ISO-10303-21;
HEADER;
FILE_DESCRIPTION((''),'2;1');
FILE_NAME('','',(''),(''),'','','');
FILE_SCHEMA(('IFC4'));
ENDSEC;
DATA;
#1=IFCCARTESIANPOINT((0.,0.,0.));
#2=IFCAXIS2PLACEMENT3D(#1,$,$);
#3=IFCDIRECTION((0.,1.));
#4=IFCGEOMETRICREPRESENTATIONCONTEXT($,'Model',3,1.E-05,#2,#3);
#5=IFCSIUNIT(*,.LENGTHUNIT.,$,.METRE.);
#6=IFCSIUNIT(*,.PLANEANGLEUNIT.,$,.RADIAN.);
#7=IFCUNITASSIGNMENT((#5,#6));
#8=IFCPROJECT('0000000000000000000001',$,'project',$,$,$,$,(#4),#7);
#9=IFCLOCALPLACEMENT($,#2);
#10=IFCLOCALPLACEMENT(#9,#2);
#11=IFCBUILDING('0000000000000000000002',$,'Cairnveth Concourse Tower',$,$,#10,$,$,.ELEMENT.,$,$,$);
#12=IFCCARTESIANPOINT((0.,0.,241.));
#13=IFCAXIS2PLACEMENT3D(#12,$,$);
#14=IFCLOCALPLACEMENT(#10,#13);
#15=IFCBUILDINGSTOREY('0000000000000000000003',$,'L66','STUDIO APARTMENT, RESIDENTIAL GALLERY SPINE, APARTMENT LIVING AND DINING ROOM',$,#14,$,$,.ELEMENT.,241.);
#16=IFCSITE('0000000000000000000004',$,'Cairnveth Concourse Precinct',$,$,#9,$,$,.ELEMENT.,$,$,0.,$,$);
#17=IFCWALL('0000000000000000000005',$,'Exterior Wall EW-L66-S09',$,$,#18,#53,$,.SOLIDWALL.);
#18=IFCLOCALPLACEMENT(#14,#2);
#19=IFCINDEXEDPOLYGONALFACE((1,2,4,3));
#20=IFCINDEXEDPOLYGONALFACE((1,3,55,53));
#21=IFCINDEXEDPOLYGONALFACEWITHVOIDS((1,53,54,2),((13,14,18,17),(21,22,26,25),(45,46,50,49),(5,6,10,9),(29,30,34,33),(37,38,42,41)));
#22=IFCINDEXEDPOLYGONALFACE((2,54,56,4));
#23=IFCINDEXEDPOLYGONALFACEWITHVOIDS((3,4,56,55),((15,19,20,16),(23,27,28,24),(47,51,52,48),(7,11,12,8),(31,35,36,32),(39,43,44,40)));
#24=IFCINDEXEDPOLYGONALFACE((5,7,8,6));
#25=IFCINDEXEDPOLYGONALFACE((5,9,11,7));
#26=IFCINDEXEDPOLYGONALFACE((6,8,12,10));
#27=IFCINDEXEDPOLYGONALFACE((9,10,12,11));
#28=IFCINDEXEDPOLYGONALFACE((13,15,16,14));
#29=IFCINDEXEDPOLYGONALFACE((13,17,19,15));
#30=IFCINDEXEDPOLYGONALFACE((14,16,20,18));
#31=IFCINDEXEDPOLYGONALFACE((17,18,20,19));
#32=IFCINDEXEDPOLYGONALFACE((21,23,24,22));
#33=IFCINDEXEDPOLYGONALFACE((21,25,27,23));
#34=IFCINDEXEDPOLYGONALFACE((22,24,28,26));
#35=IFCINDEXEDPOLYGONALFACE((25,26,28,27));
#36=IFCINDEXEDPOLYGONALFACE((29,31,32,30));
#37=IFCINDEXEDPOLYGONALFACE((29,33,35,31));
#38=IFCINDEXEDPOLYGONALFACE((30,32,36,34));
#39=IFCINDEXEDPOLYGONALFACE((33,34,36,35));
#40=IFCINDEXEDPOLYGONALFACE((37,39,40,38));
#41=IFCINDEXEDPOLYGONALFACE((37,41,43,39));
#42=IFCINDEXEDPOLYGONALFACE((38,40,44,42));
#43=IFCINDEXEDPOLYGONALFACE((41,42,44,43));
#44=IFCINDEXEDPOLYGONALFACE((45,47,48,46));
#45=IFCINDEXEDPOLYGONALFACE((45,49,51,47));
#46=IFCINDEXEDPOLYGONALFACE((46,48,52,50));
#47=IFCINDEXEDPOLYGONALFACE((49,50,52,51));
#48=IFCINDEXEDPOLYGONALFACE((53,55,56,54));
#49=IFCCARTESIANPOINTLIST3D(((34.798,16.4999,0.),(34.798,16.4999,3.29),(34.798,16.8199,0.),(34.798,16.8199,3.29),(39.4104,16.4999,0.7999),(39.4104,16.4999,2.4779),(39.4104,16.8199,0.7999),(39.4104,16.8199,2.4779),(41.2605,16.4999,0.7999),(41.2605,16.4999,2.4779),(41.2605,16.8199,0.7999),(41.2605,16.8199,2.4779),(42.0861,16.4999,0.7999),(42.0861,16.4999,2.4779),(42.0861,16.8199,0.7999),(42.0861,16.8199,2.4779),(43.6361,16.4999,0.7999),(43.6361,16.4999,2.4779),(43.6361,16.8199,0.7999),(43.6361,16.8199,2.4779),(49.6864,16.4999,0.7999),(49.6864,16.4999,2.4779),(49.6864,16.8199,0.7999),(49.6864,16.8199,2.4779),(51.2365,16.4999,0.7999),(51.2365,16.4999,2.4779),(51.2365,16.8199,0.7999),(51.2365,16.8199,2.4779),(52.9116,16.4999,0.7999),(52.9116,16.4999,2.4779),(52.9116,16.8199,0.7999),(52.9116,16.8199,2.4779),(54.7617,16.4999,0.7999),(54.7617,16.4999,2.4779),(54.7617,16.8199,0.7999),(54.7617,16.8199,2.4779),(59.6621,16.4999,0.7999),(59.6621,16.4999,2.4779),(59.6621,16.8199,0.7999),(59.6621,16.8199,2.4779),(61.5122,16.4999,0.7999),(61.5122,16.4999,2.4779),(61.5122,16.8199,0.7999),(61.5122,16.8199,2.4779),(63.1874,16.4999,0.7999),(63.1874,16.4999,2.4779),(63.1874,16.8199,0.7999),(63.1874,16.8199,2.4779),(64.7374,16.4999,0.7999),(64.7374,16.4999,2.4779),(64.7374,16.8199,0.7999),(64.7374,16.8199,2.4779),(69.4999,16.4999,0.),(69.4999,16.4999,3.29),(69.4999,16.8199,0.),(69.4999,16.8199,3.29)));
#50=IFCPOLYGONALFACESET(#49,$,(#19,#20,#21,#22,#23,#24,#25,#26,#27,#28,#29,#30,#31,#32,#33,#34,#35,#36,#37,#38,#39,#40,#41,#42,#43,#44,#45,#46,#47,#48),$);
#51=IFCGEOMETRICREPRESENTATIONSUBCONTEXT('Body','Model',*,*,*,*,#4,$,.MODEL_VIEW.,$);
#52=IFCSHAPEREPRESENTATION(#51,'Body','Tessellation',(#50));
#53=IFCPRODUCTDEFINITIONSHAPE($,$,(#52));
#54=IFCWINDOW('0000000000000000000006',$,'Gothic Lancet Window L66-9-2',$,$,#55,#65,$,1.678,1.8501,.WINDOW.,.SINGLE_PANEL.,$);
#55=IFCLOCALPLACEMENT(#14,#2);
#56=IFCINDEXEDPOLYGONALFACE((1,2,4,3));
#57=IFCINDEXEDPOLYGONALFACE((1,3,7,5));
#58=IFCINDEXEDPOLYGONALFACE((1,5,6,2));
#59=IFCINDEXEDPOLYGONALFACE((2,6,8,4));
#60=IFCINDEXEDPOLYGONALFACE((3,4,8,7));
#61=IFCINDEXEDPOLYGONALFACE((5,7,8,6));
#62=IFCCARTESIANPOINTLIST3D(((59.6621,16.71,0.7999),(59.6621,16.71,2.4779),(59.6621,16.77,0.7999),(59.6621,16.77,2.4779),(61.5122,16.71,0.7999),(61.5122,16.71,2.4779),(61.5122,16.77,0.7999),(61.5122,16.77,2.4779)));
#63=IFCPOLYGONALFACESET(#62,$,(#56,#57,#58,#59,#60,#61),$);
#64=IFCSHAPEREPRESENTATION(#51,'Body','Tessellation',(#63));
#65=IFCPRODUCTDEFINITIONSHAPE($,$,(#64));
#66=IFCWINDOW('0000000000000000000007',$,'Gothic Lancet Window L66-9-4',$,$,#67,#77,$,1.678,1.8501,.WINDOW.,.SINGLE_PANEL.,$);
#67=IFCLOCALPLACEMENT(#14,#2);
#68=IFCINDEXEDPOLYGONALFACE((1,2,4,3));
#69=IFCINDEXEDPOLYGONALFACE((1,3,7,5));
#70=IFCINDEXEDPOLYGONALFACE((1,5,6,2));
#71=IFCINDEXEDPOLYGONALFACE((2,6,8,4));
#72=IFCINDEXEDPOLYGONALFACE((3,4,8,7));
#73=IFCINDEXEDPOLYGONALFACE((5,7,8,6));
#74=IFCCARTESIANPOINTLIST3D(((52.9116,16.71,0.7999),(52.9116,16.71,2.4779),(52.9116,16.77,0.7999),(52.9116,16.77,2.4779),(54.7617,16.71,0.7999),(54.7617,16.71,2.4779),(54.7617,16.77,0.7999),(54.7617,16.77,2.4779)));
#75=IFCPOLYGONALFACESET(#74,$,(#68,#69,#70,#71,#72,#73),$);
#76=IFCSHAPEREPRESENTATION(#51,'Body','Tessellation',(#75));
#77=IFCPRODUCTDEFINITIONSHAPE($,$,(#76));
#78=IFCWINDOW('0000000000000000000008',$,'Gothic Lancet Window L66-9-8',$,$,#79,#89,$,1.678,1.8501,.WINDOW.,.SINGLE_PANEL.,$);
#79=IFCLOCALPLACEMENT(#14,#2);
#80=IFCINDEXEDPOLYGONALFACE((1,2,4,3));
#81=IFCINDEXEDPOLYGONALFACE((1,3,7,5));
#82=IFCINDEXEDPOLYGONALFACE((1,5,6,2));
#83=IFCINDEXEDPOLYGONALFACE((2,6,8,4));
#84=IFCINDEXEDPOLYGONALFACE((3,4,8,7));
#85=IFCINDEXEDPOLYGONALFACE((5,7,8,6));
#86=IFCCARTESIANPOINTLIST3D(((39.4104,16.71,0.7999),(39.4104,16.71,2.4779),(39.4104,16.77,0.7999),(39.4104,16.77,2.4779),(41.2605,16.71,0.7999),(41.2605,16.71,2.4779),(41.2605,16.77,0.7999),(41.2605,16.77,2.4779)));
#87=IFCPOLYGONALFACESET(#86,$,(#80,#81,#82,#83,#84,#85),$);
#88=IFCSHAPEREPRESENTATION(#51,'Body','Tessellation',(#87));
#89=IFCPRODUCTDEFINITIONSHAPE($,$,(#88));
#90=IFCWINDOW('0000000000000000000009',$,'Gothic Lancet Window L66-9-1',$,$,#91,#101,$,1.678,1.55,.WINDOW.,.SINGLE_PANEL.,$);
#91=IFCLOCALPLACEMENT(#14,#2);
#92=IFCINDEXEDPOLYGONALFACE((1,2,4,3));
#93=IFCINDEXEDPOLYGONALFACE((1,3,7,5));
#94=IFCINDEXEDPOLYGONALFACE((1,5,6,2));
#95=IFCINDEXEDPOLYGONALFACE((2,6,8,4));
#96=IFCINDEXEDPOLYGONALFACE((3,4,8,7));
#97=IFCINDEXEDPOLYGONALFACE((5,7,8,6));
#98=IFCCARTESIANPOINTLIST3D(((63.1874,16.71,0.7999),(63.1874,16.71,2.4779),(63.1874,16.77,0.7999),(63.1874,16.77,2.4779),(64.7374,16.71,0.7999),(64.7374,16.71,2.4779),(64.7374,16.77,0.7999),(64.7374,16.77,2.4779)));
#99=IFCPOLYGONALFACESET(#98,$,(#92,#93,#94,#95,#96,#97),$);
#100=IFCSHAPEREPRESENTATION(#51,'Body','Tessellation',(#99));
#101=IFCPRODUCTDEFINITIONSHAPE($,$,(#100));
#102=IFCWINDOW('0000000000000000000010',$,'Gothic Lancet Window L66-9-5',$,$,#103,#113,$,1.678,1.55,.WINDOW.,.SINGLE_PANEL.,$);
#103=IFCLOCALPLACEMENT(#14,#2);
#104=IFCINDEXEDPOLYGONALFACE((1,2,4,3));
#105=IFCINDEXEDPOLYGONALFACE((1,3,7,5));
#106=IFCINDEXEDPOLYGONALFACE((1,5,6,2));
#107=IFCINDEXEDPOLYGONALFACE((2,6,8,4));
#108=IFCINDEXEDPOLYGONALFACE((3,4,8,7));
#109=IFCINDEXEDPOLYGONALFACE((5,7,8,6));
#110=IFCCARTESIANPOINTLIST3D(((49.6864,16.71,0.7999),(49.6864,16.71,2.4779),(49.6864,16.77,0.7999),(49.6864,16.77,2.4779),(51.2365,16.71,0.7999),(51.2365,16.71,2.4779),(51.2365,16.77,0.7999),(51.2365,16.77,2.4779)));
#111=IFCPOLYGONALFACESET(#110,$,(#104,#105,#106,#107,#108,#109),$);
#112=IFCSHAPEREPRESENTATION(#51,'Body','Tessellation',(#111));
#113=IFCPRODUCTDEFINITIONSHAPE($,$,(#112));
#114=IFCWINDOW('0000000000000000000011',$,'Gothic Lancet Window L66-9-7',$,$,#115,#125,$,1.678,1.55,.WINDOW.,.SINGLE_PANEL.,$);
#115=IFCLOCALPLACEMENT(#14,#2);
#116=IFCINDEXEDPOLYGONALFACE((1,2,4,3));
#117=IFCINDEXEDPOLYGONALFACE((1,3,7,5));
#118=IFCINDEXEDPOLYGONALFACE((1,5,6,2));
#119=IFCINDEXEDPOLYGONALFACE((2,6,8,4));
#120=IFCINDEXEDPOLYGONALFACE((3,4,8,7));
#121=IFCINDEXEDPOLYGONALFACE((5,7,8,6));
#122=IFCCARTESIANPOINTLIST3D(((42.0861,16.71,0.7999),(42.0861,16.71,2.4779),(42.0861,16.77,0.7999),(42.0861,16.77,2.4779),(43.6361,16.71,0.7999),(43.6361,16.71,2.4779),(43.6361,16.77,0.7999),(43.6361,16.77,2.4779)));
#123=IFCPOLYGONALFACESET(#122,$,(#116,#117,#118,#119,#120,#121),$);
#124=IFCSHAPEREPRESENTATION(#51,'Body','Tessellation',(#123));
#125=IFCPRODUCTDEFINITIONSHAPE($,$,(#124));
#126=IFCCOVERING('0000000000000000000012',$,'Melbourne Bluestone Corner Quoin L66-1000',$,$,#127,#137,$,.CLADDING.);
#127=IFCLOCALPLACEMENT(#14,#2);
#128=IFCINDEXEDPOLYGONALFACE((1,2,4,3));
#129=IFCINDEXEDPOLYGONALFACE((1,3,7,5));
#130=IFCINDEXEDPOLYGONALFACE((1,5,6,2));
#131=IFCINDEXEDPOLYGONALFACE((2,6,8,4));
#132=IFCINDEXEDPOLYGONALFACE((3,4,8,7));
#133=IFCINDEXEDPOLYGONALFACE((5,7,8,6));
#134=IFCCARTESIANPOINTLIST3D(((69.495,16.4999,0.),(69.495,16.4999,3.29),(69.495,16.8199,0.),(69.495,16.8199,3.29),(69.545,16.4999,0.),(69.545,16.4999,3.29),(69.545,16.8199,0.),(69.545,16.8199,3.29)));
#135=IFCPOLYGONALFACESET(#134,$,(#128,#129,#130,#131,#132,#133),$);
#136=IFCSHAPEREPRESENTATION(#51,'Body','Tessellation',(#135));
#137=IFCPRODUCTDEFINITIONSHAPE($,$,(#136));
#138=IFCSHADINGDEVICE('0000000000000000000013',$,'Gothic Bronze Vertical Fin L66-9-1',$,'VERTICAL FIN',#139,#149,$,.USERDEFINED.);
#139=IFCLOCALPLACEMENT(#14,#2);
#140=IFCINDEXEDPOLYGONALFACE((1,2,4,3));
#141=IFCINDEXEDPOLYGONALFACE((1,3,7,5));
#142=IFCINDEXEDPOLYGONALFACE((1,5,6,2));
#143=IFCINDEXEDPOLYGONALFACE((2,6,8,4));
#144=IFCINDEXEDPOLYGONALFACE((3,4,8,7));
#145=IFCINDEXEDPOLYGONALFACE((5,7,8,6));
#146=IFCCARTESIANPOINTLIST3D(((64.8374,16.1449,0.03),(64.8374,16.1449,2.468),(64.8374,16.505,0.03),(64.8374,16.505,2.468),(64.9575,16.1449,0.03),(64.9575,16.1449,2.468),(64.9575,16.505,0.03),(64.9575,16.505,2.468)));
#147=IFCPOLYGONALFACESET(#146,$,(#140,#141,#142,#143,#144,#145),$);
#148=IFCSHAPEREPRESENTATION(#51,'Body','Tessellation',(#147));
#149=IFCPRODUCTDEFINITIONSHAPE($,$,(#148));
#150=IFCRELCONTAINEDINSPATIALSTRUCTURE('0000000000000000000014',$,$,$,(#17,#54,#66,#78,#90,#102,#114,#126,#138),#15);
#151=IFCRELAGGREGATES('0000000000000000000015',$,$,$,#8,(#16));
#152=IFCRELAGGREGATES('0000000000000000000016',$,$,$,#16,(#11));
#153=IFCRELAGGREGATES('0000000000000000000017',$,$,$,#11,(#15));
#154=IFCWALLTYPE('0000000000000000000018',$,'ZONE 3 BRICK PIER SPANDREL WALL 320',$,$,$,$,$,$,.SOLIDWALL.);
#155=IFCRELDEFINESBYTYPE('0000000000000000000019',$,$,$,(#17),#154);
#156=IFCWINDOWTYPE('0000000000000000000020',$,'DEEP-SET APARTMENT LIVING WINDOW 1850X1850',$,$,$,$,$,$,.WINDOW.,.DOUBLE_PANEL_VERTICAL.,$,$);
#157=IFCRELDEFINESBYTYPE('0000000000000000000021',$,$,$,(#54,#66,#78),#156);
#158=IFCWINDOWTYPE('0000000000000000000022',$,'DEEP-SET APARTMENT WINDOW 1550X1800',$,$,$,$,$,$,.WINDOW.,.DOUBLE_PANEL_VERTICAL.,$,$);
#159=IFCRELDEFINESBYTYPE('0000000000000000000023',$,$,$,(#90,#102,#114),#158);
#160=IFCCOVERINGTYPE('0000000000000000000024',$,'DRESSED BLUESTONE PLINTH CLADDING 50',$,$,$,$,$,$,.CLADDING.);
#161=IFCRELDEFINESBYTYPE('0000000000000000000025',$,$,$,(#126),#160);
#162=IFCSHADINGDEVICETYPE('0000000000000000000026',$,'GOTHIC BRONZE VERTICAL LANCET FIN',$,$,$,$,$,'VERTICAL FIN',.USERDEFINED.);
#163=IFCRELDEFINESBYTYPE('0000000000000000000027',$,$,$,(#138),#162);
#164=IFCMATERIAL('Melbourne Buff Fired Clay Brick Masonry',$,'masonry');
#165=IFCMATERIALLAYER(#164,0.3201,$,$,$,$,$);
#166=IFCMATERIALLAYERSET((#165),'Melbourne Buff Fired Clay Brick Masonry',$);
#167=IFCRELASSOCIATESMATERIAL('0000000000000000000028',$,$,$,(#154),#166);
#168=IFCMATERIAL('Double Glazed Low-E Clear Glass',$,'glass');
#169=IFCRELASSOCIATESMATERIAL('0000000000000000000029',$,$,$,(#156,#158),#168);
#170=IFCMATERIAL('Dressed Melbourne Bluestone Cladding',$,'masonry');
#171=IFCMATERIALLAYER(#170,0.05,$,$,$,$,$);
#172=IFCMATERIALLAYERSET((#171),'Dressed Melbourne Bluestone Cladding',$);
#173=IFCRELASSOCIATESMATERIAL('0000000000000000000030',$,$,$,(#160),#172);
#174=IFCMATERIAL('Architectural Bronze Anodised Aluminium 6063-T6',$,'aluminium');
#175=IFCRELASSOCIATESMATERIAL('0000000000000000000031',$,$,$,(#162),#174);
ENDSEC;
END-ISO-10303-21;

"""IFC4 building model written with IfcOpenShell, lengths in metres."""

from ifc_helpers import new_model, si_unit, direction, frame, frame_2d, origin, origin_2d, place, context, subcontext, project, spatial, rectangle, extrude, material, layer, layer_set, type_object, element, fill, save


model = new_model("IFC4")

# Units and contexts
model_context = context("Model", 3, precision=1e-05, world=origin(), true_north=direction((0.0, 1.0)))
body_context = subcontext(model_context, "Body", "Model", "MODEL_VIEW")
ifc_project = project(units=[si_unit("LENGTHUNIT", "METRE"), si_unit("PLANEANGLEUNIT", "RADIAN")], contexts=[model_context])

# Site, building, storey
site_placement = place(None, origin())
site = spatial("IfcSite", under=ifc_project, at=site_placement, Name="Cairnveth Concourse Precinct", CompositionType="ELEMENT", RefElevation=0.0)
building_placement = place(site_placement, origin())
building = spatial("IfcBuilding", under=site, at=building_placement, Name="Cairnveth Concourse Tower", CompositionType="ELEMENT")
storey_placement = place(building_placement, frame((0.0, 0.0, 241.0)))
storey = spatial("IfcBuildingStorey", under=building, at=storey_placement, Name="L66", Description="STUDIO APARTMENT, RESIDENTIAL GALLERY SPINE, APARTMENT LIVING AND DINING ROOM", CompositionType="ELEMENT", Elevation=241.0)

# Shared definitions
ifc_material_1 = material(Name="Melbourne Buff Fired Clay Brick Masonry", Category="masonry")
ifc_layer_1 = layer(ifc_material_1, 0.3201)
ifc_layer_set_1 = layer_set([ifc_layer_1], Name="Melbourne Buff Fired Clay Brick Masonry")
wall_type_1 = type_object("IfcWallType", Name="ZONE 3 BRICK PIER SPANDREL WALL 320", PredefinedType="SOLIDWALL", material=ifc_layer_set_1)
ifc_material_2 = material(Name="Double Glazed Low-E Clear Glass", Category="glass")

# Wall, openings, windows
wall_1_placement = place(storey_placement, frame((69.5, 16.6599, 0.0), z_axis=(0.0, 0.0, 1.0), x_axis=(-1.0, 0.0, 0.0)))
wall_1 = element("IfcWall", 1, at=wall_1_placement, inside=storey, type_object=wall_type_1, Name="Exterior Wall EW-L66-S09", PredefinedType="SOLIDWALL", context=body_context, shape_type="SweptSolid", body=[
    extrude(rectangle(XDim=34.7019, YDim=0.3201, at=frame_2d((17.3511, 0.0))), origin(), (0.0, 0.0, 1.0), 3.29),
])
opening_1_placement = place(wall_1_placement, frame((4.7627, 0.0, 0.8)))
opening_1 = element("IfcOpeningElement", 2, at=opening_1_placement, cuts=wall_1, PredefinedType="OPENING", context=body_context, shape_type="SweptSolid", body=[
    extrude(rectangle(XDim=1.55, YDim=1.678, at=frame_2d((0.7749, 0.8389))), frame((0.0, 0.1699, 0.0), z_axis=(0.0, -1.0, 0.0), x_axis=(1.0, 0.0, 0.0)), (0.0, 0.0, 1.0), 0.3401),
])
opening_2_placement = place(wall_1_placement, frame((7.9878, 0.0, 0.8)))
opening_2 = element("IfcOpeningElement", 3, at=opening_2_placement, cuts=wall_1, PredefinedType="OPENING", context=body_context, shape_type="SweptSolid", body=[
    extrude(rectangle(XDim=1.8501, YDim=1.678, at=frame_2d((0.925, 0.8389))), frame((0.0, 0.1699, 0.0), z_axis=(0.0, -1.0, 0.0), x_axis=(1.0, 0.0, 0.0)), (0.0, 0.0, 1.0), 0.3401),
])
opening_3_placement = place(wall_1_placement, frame((14.7383, 0.0, 0.8)))
opening_3 = element("IfcOpeningElement", 4, at=opening_3_placement, cuts=wall_1, PredefinedType="OPENING", context=body_context, shape_type="SweptSolid", body=[
    extrude(rectangle(XDim=1.8501, YDim=1.678, at=frame_2d((0.925, 0.8389))), frame((0.0, 0.1699, 0.0), z_axis=(0.0, -1.0, 0.0), x_axis=(1.0, 0.0, 0.0)), (0.0, 0.0, 1.0), 0.3401),
])
opening_4_placement = place(wall_1_placement, frame((18.2637, 0.0, 0.8)))
opening_4 = element("IfcOpeningElement", 5, at=opening_4_placement, cuts=wall_1, PredefinedType="OPENING", context=body_context, shape_type="SweptSolid", body=[
    extrude(rectangle(XDim=1.55, YDim=1.678, at=frame_2d((0.7749, 0.8389))), frame((0.0, 0.1699, 0.0), z_axis=(0.0, -1.0, 0.0), x_axis=(1.0, 0.0, 0.0)), (0.0, 0.0, 1.0), 0.3401),
])
opening_5_placement = place(wall_1_placement, frame((25.864, 0.0, 0.8)))
opening_5 = element("IfcOpeningElement", 6, at=opening_5_placement, cuts=wall_1, PredefinedType="OPENING", context=body_context, shape_type="SweptSolid", body=[
    extrude(rectangle(XDim=1.55, YDim=1.678, at=frame_2d((0.7749, 0.8389))), frame((0.0, 0.1699, 0.0), z_axis=(0.0, -1.0, 0.0), x_axis=(1.0, 0.0, 0.0)), (0.0, 0.0, 1.0), 0.3401),
])
opening_6_placement = place(wall_1_placement, frame((28.2395, 0.0, 0.8)))
opening_6 = element("IfcOpeningElement", 7, at=opening_6_placement, cuts=wall_1, PredefinedType="OPENING", context=body_context, shape_type="SweptSolid", body=[
    extrude(rectangle(XDim=1.8501, YDim=1.678, at=frame_2d((0.925, 0.8389))), frame((0.0, 0.1699, 0.0), z_axis=(0.0, -1.0, 0.0), x_axis=(1.0, 0.0, 0.0)), (0.0, 0.0, 1.0), 0.3401),
])
window_type_1 = type_object("IfcWindowType", Name="DEEP-SET APARTMENT LIVING WINDOW 1850X1850", PartitioningType="DOUBLE_PANEL_VERTICAL", PredefinedType="WINDOW", material=ifc_material_2)
window_1_placement = place(opening_2_placement, origin())
window_1 = element("IfcWindow", 8, at=window_1_placement, inside=storey, type_object=window_type_1, Name="Gothic Lancet Window L66-9-2", OverallHeight=1.678, OverallWidth=1.8501, PartitioningType="SINGLE_PANEL", PredefinedType="WINDOW", context=body_context, shape_type="SweptSolid", body=[
    extrude(rectangle(XDim=1.8501, YDim=1.678, at=frame_2d((0.925, 0.8389))), frame((0.0, -0.05, 0.0), z_axis=(0.0, -1.0, 0.0), x_axis=(1.0, 0.0, 0.0)), (0.0, 0.0, 1.0), 0.0601),
])
fill(opening_2, window_1)
window_2_placement = place(opening_3_placement, origin())
window_2 = element("IfcWindow", 9, at=window_2_placement, inside=storey, type_object=window_type_1, Name="Gothic Lancet Window L66-9-4", OverallHeight=1.678, OverallWidth=1.8501, PartitioningType="SINGLE_PANEL", PredefinedType="WINDOW", context=body_context, shape_type="SweptSolid", body=[
    extrude(rectangle(XDim=1.8501, YDim=1.678, at=frame_2d((0.925, 0.8389))), frame((0.0, -0.05, 0.0), z_axis=(0.0, -1.0, 0.0), x_axis=(1.0, 0.0, 0.0)), (0.0, 0.0, 1.0), 0.0601),
])
fill(opening_3, window_2)
window_3_placement = place(opening_6_placement, origin())
window_3 = element("IfcWindow", 10, at=window_3_placement, inside=storey, type_object=window_type_1, Name="Gothic Lancet Window L66-9-8", OverallHeight=1.678, OverallWidth=1.8501, PartitioningType="SINGLE_PANEL", PredefinedType="WINDOW", context=body_context, shape_type="SweptSolid", body=[
    extrude(rectangle(XDim=1.8501, YDim=1.678, at=frame_2d((0.925, 0.8389))), frame((0.0, -0.05, 0.0), z_axis=(0.0, -1.0, 0.0), x_axis=(1.0, 0.0, 0.0)), (0.0, 0.0, 1.0), 0.0601),
])
fill(opening_6, window_3)
window_type_2 = type_object("IfcWindowType", Name="DEEP-SET APARTMENT WINDOW 1550X1800", PartitioningType="DOUBLE_PANEL_VERTICAL", PredefinedType="WINDOW", material=ifc_material_2)
window_4_placement = place(opening_1_placement, origin())
window_4 = element("IfcWindow", 11, at=window_4_placement, inside=storey, type_object=window_type_2, Name="Gothic Lancet Window L66-9-1", OverallHeight=1.678, OverallWidth=1.55, PartitioningType="SINGLE_PANEL", PredefinedType="WINDOW", context=body_context, shape_type="SweptSolid", body=[
    extrude(rectangle(XDim=1.55, YDim=1.678, at=frame_2d((0.7749, 0.8389))), frame((0.0, -0.05, 0.0), z_axis=(0.0, -1.0, 0.0), x_axis=(1.0, 0.0, 0.0)), (0.0, 0.0, 1.0), 0.0601),
])
fill(opening_1, window_4)
window_5_placement = place(opening_4_placement, origin())
window_5 = element("IfcWindow", 12, at=window_5_placement, inside=storey, type_object=window_type_2, Name="Gothic Lancet Window L66-9-5", OverallHeight=1.678, OverallWidth=1.55, PartitioningType="SINGLE_PANEL", PredefinedType="WINDOW", context=body_context, shape_type="SweptSolid", body=[
    extrude(rectangle(XDim=1.55, YDim=1.678, at=frame_2d((0.7749, 0.8389))), frame((0.0, -0.05, 0.0), z_axis=(0.0, -1.0, 0.0), x_axis=(1.0, 0.0, 0.0)), (0.0, 0.0, 1.0), 0.0601),
])
fill(opening_4, window_5)
window_6_placement = place(opening_5_placement, origin())
window_6 = element("IfcWindow", 13, at=window_6_placement, inside=storey, type_object=window_type_2, Name="Gothic Lancet Window L66-9-7", OverallHeight=1.678, OverallWidth=1.55, PartitioningType="SINGLE_PANEL", PredefinedType="WINDOW", context=body_context, shape_type="SweptSolid", body=[
    extrude(rectangle(XDim=1.55, YDim=1.678, at=frame_2d((0.7749, 0.8389))), frame((0.0, -0.05, 0.0), z_axis=(0.0, -1.0, 0.0), x_axis=(1.0, 0.0, 0.0)), (0.0, 0.0, 1.0), 0.0601),
])
fill(opening_5, window_6)

# Covering
ifc_material_3 = material(Name="Dressed Melbourne Bluestone Cladding", Category="masonry")
ifc_layer_2 = layer(ifc_material_3, 0.05)
ifc_layer_set_2 = layer_set([ifc_layer_2], Name="Dressed Melbourne Bluestone Cladding")
covering_type = type_object("IfcCoveringType", Name="DRESSED BLUESTONE PLINTH CLADDING 50", PredefinedType="CLADDING", material=ifc_layer_set_2)
covering_placement = place(storey_placement, frame((69.52, 16.8201, 0.0), z_axis=(0.0, 0.0, 1.0), x_axis=(0.0, -1.0, 0.0)))
element("IfcCovering", 14, at=covering_placement, inside=storey, type_object=covering_type, Name="Melbourne Bluestone Corner Quoin L66-1000", PredefinedType="CLADDING", context=body_context, shape_type="SweptSolid", body=[
    extrude(rectangle(XDim=0.3201, YDim=0.05, at=frame_2d((0.1602, 0.0))), origin(), (0.0, 0.0, 1.0), 3.29),
])

# Shading device
ifc_material_4 = material(Name="Architectural Bronze Anodised Aluminium 6063-T6", Category="aluminium")
shading_device_type = type_object("IfcShadingDeviceType", Name="GOTHIC BRONZE VERTICAL LANCET FIN", ElementType="VERTICAL FIN", PredefinedType="USERDEFINED", material=ifc_material_4)
shading_device_placement = place(storey_placement, frame((64.8975, 16.325, 0.03), z_axis=(0.0, 0.0, 1.0), x_axis=(1.0, 0.0, 0.0)))
element("IfcShadingDevice", 15, at=shading_device_placement, inside=storey, type_object=shading_device_type, Name="Gothic Bronze Vertical Fin L66-9-1", ObjectType="VERTICAL FIN", PredefinedType="USERDEFINED", context=body_context, shape_type="SweptSolid", body=[
    extrude(rectangle(XDim=0.1201, YDim=0.3601, at=origin_2d()), origin(), (0.0, 0.0, 1.0), 2.438),
])

save(model, "model.ifc")
